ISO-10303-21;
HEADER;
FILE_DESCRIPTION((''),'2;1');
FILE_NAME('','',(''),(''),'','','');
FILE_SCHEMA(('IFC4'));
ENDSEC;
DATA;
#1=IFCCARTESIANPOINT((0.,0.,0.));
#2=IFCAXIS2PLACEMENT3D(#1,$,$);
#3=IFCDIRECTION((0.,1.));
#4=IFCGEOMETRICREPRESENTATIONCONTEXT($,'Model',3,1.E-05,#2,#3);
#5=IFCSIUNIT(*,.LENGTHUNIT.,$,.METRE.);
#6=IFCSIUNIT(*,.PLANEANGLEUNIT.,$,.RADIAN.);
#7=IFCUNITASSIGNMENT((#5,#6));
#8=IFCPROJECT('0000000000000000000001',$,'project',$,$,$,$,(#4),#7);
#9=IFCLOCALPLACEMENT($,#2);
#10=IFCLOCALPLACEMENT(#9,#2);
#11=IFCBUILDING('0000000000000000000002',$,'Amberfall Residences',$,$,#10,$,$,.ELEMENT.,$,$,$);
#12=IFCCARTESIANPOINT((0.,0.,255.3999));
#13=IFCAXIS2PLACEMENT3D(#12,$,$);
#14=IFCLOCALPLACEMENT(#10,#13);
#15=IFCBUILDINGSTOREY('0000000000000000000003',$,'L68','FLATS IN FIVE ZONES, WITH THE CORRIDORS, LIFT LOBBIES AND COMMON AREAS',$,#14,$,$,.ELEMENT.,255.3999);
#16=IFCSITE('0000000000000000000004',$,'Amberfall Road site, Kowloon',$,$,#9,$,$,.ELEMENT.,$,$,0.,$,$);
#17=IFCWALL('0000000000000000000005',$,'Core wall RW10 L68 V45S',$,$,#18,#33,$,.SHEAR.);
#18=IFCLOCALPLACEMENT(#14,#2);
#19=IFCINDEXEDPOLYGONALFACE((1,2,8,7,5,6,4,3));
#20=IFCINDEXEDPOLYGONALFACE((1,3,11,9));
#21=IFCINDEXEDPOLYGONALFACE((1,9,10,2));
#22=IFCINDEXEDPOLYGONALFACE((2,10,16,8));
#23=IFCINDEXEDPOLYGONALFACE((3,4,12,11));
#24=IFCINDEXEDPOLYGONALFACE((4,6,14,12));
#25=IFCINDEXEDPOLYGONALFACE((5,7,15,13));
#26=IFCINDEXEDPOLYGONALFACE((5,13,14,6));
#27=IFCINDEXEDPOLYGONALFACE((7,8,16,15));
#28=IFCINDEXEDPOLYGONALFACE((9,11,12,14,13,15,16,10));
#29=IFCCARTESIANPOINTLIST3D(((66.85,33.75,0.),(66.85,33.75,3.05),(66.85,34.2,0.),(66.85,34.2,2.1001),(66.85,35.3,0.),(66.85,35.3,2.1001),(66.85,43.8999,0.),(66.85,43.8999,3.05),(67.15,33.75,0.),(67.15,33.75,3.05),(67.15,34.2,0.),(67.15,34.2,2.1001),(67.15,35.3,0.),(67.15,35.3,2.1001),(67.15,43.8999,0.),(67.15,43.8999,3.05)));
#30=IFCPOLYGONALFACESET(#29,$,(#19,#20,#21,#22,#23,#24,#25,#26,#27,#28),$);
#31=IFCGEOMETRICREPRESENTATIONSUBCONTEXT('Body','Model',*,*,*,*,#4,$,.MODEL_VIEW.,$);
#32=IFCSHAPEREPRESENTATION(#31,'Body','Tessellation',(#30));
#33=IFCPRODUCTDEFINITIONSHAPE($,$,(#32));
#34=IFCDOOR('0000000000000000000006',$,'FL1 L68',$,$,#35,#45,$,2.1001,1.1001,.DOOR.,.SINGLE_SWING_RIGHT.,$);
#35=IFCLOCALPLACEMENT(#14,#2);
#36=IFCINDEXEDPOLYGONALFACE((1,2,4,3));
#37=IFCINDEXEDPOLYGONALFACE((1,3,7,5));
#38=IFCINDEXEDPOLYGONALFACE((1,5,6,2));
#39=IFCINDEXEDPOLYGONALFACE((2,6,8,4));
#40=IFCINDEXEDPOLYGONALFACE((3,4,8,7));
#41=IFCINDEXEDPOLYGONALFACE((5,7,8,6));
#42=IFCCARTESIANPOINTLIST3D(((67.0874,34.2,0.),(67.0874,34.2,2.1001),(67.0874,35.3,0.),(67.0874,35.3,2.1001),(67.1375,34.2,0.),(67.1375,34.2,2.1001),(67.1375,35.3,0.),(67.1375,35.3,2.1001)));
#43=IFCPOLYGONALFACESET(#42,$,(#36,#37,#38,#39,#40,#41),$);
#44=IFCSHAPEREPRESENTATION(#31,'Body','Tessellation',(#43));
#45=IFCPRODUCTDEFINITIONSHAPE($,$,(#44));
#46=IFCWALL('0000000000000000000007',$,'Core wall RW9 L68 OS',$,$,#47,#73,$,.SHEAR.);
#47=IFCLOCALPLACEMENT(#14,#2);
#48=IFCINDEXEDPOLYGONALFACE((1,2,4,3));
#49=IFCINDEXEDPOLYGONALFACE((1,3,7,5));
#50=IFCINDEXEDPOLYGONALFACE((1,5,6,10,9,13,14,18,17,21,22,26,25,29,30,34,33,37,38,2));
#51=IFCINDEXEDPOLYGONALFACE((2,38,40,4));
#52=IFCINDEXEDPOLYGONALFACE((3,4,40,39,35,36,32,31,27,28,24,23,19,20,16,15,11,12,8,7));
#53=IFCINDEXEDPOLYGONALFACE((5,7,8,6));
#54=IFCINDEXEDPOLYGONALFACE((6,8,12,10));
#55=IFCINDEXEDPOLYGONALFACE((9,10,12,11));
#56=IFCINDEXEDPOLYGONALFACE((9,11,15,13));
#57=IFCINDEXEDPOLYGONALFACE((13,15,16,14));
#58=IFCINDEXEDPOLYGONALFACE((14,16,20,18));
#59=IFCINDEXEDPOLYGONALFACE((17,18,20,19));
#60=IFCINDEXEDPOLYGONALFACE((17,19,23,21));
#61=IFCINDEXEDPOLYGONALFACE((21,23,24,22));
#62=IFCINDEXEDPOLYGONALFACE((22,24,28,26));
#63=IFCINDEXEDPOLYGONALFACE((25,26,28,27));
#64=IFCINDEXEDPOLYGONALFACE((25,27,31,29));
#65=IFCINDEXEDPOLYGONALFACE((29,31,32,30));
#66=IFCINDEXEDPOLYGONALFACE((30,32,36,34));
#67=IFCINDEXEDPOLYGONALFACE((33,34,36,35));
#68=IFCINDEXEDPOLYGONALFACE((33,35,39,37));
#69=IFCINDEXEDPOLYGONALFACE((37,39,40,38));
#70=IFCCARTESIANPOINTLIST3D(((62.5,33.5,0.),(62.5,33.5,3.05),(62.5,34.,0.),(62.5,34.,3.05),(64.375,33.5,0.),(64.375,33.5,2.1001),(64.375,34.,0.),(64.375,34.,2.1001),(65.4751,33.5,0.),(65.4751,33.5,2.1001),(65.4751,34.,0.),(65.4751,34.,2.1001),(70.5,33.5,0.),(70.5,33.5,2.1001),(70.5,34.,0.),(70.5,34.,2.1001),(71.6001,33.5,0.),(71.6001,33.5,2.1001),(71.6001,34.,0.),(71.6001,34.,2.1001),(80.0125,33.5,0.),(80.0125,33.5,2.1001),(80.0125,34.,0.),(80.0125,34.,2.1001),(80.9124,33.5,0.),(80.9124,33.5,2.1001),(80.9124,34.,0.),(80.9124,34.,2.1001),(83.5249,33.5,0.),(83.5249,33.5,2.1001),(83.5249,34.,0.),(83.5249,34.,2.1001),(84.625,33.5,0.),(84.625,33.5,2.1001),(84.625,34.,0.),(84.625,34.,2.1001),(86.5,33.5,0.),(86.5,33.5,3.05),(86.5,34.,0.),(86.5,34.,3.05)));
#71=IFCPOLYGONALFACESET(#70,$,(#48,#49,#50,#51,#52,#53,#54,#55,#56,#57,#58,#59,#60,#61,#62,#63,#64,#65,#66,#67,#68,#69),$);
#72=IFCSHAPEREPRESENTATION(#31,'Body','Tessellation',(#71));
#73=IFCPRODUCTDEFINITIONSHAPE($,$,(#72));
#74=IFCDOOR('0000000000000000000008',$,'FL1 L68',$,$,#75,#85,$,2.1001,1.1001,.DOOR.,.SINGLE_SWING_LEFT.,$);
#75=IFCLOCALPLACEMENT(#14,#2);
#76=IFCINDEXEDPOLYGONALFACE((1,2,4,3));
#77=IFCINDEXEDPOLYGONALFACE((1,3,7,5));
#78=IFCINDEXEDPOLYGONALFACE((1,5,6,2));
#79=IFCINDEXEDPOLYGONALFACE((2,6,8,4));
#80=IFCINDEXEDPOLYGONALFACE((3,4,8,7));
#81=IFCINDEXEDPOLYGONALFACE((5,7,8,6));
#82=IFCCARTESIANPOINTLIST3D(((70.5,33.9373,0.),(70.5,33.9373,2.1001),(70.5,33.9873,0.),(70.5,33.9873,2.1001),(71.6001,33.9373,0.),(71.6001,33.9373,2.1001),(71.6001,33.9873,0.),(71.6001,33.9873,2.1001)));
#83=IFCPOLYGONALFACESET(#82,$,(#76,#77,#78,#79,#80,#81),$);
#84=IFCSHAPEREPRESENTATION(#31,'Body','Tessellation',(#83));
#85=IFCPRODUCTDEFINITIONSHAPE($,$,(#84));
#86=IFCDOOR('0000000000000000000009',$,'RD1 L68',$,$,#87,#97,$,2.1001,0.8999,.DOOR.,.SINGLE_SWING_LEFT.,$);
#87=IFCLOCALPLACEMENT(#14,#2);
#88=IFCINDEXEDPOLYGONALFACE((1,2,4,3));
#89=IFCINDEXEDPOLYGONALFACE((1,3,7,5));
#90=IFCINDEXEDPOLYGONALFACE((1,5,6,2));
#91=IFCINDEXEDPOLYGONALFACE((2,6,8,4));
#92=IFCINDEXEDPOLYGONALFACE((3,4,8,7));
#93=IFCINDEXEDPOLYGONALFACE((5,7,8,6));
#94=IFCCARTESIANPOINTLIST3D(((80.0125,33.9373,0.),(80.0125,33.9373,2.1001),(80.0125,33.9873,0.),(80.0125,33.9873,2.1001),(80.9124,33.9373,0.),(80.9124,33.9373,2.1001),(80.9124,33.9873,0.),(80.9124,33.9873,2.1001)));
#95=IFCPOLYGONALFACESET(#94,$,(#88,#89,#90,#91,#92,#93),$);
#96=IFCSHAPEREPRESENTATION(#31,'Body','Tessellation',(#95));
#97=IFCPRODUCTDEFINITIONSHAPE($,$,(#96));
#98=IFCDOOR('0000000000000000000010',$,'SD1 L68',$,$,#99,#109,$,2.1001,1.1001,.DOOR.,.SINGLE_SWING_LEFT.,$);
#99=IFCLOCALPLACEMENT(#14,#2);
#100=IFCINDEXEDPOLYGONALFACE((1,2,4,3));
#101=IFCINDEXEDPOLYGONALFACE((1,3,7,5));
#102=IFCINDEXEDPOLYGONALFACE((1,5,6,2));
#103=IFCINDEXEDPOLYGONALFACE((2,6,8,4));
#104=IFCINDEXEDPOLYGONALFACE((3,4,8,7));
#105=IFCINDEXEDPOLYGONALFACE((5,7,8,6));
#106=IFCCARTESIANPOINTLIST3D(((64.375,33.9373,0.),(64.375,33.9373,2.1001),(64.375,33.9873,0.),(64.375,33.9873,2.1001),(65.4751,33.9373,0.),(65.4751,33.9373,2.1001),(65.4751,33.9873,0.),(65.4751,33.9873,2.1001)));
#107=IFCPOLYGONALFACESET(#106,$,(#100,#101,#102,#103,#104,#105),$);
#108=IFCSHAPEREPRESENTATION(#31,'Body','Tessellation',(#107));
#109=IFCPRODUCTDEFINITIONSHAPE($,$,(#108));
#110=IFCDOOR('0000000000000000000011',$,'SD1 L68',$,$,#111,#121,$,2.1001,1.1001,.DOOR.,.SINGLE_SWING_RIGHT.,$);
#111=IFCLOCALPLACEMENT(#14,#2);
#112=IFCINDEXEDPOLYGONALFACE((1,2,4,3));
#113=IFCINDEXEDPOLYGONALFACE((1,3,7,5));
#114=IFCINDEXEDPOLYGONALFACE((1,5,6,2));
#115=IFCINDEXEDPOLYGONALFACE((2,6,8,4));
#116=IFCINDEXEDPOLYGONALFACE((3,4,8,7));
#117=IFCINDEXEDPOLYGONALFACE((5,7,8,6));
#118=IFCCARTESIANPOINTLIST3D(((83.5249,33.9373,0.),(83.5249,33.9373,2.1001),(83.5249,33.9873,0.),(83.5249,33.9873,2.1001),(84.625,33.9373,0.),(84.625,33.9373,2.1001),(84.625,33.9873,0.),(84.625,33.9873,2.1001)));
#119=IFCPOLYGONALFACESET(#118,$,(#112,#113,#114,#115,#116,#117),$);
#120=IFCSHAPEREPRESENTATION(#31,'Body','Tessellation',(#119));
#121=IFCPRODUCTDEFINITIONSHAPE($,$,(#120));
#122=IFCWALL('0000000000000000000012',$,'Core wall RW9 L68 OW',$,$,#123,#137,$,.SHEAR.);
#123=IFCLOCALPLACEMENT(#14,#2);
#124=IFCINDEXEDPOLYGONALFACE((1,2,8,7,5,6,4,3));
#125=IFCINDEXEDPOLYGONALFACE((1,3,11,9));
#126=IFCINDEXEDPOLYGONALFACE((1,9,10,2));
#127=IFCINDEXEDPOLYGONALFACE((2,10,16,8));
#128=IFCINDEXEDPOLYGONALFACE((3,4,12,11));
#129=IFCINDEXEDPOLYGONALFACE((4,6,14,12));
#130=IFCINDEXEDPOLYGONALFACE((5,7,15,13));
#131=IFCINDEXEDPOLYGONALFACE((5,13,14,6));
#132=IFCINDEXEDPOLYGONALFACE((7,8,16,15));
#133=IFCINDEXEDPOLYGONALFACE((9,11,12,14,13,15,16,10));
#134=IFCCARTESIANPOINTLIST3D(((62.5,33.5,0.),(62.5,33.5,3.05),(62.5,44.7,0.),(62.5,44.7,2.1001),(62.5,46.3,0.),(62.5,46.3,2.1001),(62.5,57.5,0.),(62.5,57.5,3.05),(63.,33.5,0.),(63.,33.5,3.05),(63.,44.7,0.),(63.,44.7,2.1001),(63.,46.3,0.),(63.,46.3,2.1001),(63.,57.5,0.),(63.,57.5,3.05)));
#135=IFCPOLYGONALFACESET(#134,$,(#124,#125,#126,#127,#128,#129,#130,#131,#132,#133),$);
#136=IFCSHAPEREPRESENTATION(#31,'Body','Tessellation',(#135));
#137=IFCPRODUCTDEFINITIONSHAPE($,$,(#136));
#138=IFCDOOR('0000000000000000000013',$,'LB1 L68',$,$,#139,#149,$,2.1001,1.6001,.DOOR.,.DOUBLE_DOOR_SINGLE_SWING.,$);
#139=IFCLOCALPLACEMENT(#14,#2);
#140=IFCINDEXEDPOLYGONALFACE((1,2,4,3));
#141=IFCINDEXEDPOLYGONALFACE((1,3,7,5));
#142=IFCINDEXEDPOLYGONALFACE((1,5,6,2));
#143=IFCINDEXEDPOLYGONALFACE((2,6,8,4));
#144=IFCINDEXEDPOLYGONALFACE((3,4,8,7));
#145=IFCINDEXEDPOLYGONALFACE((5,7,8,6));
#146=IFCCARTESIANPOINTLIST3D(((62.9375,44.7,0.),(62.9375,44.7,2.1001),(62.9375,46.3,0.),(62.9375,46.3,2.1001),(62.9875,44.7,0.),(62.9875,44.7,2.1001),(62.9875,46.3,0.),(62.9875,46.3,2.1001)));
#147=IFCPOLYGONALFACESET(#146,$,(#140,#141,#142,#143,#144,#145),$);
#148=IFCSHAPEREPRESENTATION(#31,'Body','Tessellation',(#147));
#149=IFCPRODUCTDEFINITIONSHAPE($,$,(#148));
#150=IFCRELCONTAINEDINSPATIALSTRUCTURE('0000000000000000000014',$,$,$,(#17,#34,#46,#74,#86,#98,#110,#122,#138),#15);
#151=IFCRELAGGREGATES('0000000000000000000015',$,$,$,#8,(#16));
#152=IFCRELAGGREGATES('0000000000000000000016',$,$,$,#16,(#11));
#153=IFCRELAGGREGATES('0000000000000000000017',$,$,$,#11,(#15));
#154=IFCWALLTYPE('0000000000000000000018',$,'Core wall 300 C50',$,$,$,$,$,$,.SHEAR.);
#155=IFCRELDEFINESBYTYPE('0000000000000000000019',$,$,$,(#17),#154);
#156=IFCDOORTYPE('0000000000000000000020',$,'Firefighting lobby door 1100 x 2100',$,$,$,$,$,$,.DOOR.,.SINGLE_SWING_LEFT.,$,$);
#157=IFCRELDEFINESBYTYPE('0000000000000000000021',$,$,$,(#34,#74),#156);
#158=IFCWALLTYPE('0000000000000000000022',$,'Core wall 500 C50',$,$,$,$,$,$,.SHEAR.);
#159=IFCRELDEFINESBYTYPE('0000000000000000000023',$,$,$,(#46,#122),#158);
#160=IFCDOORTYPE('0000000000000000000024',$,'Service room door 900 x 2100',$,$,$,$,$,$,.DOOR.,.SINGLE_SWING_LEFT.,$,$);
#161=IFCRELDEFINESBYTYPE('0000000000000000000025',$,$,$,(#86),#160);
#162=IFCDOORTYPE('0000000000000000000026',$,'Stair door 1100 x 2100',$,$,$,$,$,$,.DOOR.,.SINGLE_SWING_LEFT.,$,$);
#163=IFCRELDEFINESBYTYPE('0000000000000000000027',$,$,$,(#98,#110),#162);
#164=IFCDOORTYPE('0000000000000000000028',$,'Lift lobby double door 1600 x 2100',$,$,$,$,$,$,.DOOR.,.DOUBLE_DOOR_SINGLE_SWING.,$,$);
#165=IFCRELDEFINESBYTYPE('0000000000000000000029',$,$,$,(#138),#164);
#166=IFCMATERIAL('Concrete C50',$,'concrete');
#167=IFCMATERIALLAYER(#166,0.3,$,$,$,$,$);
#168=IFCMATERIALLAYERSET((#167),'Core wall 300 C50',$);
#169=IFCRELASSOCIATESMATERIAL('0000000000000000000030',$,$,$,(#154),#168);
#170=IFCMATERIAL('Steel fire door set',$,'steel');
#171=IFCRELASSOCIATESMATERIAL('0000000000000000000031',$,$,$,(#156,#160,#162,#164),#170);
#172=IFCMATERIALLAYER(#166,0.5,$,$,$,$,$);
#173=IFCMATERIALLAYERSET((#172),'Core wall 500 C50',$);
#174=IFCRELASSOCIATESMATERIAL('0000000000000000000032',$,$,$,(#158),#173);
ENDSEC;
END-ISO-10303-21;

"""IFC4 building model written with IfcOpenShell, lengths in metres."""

from ifc_helpers import new_model, si_unit, direction, frame, frame_2d, origin, place, context, subcontext, project, spatial, rectangle, extrude, material, layer, layer_set, type_object, element, fill, save


model = new_model("IFC4")

# Units and contexts
model_context = context("Model", 3, precision=1e-05, world=origin(), true_north=direction((0.0, 1.0)))
body_context = subcontext(model_context, "Body", "Model", "MODEL_VIEW")
ifc_project = project(units=[si_unit("LENGTHUNIT", "METRE"), si_unit("PLANEANGLEUNIT", "RADIAN")], contexts=[model_context])

# Site, building, storey
site_placement = place(None, origin())
site = spatial("IfcSite", under=ifc_project, at=site_placement, Name="Amberfall Road site, Kowloon", CompositionType="ELEMENT", RefElevation=0.0)
building_placement = place(site_placement, origin())
building = spatial("IfcBuilding", under=site, at=building_placement, Name="Amberfall Residences", CompositionType="ELEMENT")
storey_placement = place(building_placement, frame((0.0, 0.0, 255.3999)))
storey = spatial("IfcBuildingStorey", under=building, at=storey_placement, Name="L68", Description="FLATS IN FIVE ZONES, WITH THE CORRIDORS, LIFT LOBBIES AND COMMON AREAS", CompositionType="ELEMENT", Elevation=255.3999)

# Wall, opening, door
ifc_material_1 = material(Name="Concrete C50", Category="concrete")
ifc_layer_1 = layer(ifc_material_1, 0.3)
ifc_layer_set_1 = layer_set([ifc_layer_1], Name="Core wall 300 C50")
wall_type_1 = type_object("IfcWallType", Name="Core wall 300 C50", PredefinedType="SHEAR", material=ifc_layer_set_1)
wall_1_placement = place(storey_placement, frame((67.0, 33.75, 0.0), z_axis=(0.0, 0.0, 1.0), x_axis=(0.0, 1.0, 0.0)))
wall_1 = element("IfcWall", 1, at=wall_1_placement, inside=storey, type_object=wall_type_1, Name="Core wall RW10 L68 V45S", PredefinedType="SHEAR", context=body_context, shape_type="SweptSolid", body=[
    extrude(rectangle(XDim=10.1499, YDim=0.3, at=frame_2d((5.075, 0.0))), origin(), (0.0, 0.0, 1.0), 3.05),
])
opening_1_placement = place(wall_1_placement, frame((0.45, 0.0, 0.0)))
opening_1 = element("IfcOpeningElement", 2, at=opening_1_placement, cuts=wall_1, PredefinedType="OPENING", context=body_context, shape_type="SweptSolid", body=[
    extrude(rectangle(XDim=1.1001, YDim=2.1001, at=frame_2d((0.55, 1.05))), frame((0.0, 0.1599, 0.0), z_axis=(0.0, -1.0, 0.0), x_axis=(1.0, 0.0, 0.0)), (0.0, 0.0, 1.0), 0.3201),
])
ifc_material_2 = material(Name="Steel fire door set", Category="steel")
door_type_1 = type_object("IfcDoorType", Name="Firefighting lobby door 1100 x 2100", OperationType="SINGLE_SWING_LEFT", PredefinedType="DOOR", material=ifc_material_2)
door_1_placement = place(opening_1_placement, origin())
door_1 = element("IfcDoor", 3, at=door_1_placement, inside=storey, type_object=door_type_1, Name="FL1 L68", OperationType="SINGLE_SWING_RIGHT", OverallHeight=2.1001, OverallWidth=1.1001, PredefinedType="DOOR", context=body_context, shape_type="SweptSolid", body=[
    extrude(rectangle(XDim=1.1001, YDim=2.1001, at=frame_2d((0.55, 1.05))), frame((0.0, -0.0874, 0.0), z_axis=(0.0, -1.0, 0.0), x_axis=(1.0, 0.0, 0.0)), (0.0, 0.0, 1.0), 0.05),
])
fill(opening_1, door_1)

# Wall, openings, doors
ifc_layer_2 = layer(ifc_material_1, 0.5)
ifc_layer_set_2 = layer_set([ifc_layer_2], Name="Core wall 500 C50")
wall_type_2 = type_object("IfcWallType", Name="Core wall 500 C50", PredefinedType="SHEAR", material=ifc_layer_set_2)
wall_2_placement = place(storey_placement, frame((62.5, 33.75, 0.0), z_axis=(0.0, 0.0, 1.0), x_axis=(1.0, 0.0, 0.0)))
wall_2 = element("IfcWall", 4, at=wall_2_placement, inside=storey, type_object=wall_type_2, Name="Core wall RW9 L68 OS", PredefinedType="SHEAR", context=body_context, shape_type="SweptSolid", body=[
    extrude(rectangle(XDim=24.0, YDim=0.5, at=frame_2d((12.0, 0.0))), origin(), (0.0, 0.0, 1.0), 3.05),
])
opening_2_placement = place(wall_2_placement, frame((1.875, 0.0, 0.0)))
opening_2 = element("IfcOpeningElement", 5, at=opening_2_placement, cuts=wall_2, PredefinedType="OPENING", context=body_context, shape_type="SweptSolid", body=[
    extrude(rectangle(XDim=1.1001, YDim=2.1001, at=frame_2d((0.55, 1.05))), frame((0.0, 0.26, 0.0), z_axis=(0.0, -1.0, 0.0), x_axis=(1.0, 0.0, 0.0)), (0.0, 0.0, 1.0), 0.52),
])
opening_3_placement = place(wall_2_placement, frame((21.0249, 0.0, 0.0)))
opening_3 = element("IfcOpeningElement", 6, at=opening_3_placement, cuts=wall_2, PredefinedType="OPENING", context=body_context, shape_type="SweptSolid", body=[
    extrude(rectangle(XDim=1.1001, YDim=2.1001, at=frame_2d((0.55, 1.05))), frame((0.0, 0.26, 0.0), z_axis=(0.0, -1.0, 0.0), x_axis=(1.0, 0.0, 0.0)), (0.0, 0.0, 1.0), 0.52),
])
opening_4_placement = place(wall_2_placement, frame((8.0, 0.0, 0.0)))
opening_4 = element("IfcOpeningElement", 7, at=opening_4_placement, cuts=wall_2, PredefinedType="OPENING", context=body_context, shape_type="SweptSolid", body=[
    extrude(rectangle(XDim=1.1001, YDim=2.1001, at=frame_2d((0.55, 1.05))), frame((0.0, 0.26, 0.0), z_axis=(0.0, -1.0, 0.0), x_axis=(1.0, 0.0, 0.0)), (0.0, 0.0, 1.0), 0.52),
])
opening_5_placement = place(wall_2_placement, frame((17.5125, 0.0, 0.0)))
opening_5 = element("IfcOpeningElement", 8, at=opening_5_placement, cuts=wall_2, PredefinedType="OPENING", context=body_context, shape_type="SweptSolid", body=[
    extrude(rectangle(XDim=0.8999, YDim=2.1001, at=frame_2d((0.45, 1.05))), frame((0.0, 0.26, 0.0), z_axis=(0.0, -1.0, 0.0), x_axis=(1.0, 0.0, 0.0)), (0.0, 0.0, 1.0), 0.52),
])
door_2_placement = place(opening_4_placement, origin())
door_2 = element("IfcDoor", 9, at=door_2_placement, inside=storey, type_object=door_type_1, Name="FL1 L68", OperationType="SINGLE_SWING_LEFT", OverallHeight=2.1001, OverallWidth=1.1001, PredefinedType="DOOR", context=body_context, shape_type="SweptSolid", body=[
    extrude(rectangle(XDim=1.1001, YDim=2.1001, at=frame_2d((0.55, 1.05))), frame((0.0, 0.2373, 0.0), z_axis=(0.0, -1.0, 0.0), x_axis=(1.0, 0.0, 0.0)), (0.0, 0.0, 1.0), 0.05),
])
fill(opening_4, door_2)
door_type_2 = type_object("IfcDoorType", Name="Service room door 900 x 2100", OperationType="SINGLE_SWING_LEFT", PredefinedType="DOOR", material=ifc_material_2)
door_3_placement = place(opening_5_placement, origin())
door_3 = element("IfcDoor", 10, at=door_3_placement, inside=storey, type_object=door_type_2, Name="RD1 L68", OperationType="SINGLE_SWING_LEFT", OverallHeight=2.1001, OverallWidth=0.8999, PredefinedType="DOOR", context=body_context, shape_type="SweptSolid", body=[
    extrude(rectangle(XDim=0.8999, YDim=2.1001, at=frame_2d((0.45, 1.05))), frame((0.0, 0.2373, 0.0), z_axis=(0.0, -1.0, 0.0), x_axis=(1.0, 0.0, 0.0)), (0.0, 0.0, 1.0), 0.05),
])
fill(opening_5, door_3)
door_type_3 = type_object("IfcDoorType", Name="Stair door 1100 x 2100", OperationType="SINGLE_SWING_LEFT", PredefinedType="DOOR", material=ifc_material_2)
door_4_placement = place(opening_2_placement, origin())
door_4 = element("IfcDoor", 11, at=door_4_placement, inside=storey, type_object=door_type_3, Name="SD1 L68", OperationType="SINGLE_SWING_LEFT", OverallHeight=2.1001, OverallWidth=1.1001, PredefinedType="DOOR", context=body_context, shape_type="SweptSolid", body=[
    extrude(rectangle(XDim=1.1001, YDim=2.1001, at=frame_2d((0.55, 1.05))), frame((0.0, 0.2373, 0.0), z_axis=(0.0, -1.0, 0.0), x_axis=(1.0, 0.0, 0.0)), (0.0, 0.0, 1.0), 0.05),
])
fill(opening_2, door_4)
door_5_placement = place(opening_3_placement, origin())
door_5 = element("IfcDoor", 12, at=door_5_placement, inside=storey, type_object=door_type_3, Name="SD1 L68", OperationType="SINGLE_SWING_RIGHT", OverallHeight=2.1001, OverallWidth=1.1001, PredefinedType="DOOR", context=body_context, shape_type="SweptSolid", body=[
    extrude(rectangle(XDim=1.1001, YDim=2.1001, at=frame_2d((0.55, 1.05))), frame((0.0, 0.2373, 0.0), z_axis=(0.0, -1.0, 0.0), x_axis=(1.0, 0.0, 0.0)), (0.0, 0.0, 1.0), 0.05),
])
fill(opening_3, door_5)

# Wall, opening, door
wall_3_placement = place(storey_placement, frame((62.75, 33.5, 0.0), z_axis=(0.0, 0.0, 1.0), x_axis=(0.0, 1.0, 0.0)))
wall_3 = element("IfcWall", 13, at=wall_3_placement, inside=storey, type_object=wall_type_2, Name="Core wall RW9 L68 OW", PredefinedType="SHEAR", context=body_context, shape_type="SweptSolid", body=[
    extrude(rectangle(XDim=24.0, YDim=0.5, at=frame_2d((12.0, 0.0))), origin(), (0.0, 0.0, 1.0), 3.05),
])
opening_6_placement = place(wall_3_placement, frame((11.2, 0.0, 0.0)))
opening_6 = element("IfcOpeningElement", 14, at=opening_6_placement, cuts=wall_3, PredefinedType="OPENING", context=body_context, shape_type="SweptSolid", body=[
    extrude(rectangle(XDim=1.6001, YDim=2.1001, at=frame_2d((0.8, 1.05))), frame((0.0, 0.26, 0.0), z_axis=(0.0, -1.0, 0.0), x_axis=(1.0, 0.0, 0.0)), (0.0, 0.0, 1.0), 0.52),
])
door_type_4 = type_object("IfcDoorType", Name="Lift lobby double door 1600 x 2100", OperationType="DOUBLE_DOOR_SINGLE_SWING", PredefinedType="DOOR", material=ifc_material_2)
door_6_placement = place(opening_6_placement, origin())
door_6 = element("IfcDoor", 15, at=door_6_placement, inside=storey, type_object=door_type_4, Name="LB1 L68", OperationType="DOUBLE_DOOR_SINGLE_SWING", OverallHeight=2.1001, OverallWidth=1.6001, PredefinedType="DOOR", context=body_context, shape_type="SweptSolid", body=[
    extrude(rectangle(XDim=1.6001, YDim=2.1001, at=frame_2d((0.8, 1.05))), frame((0.0, -0.1875, 0.0), z_axis=(0.0, -1.0, 0.0), x_axis=(1.0, 0.0, 0.0)), (0.0, 0.0, 1.0), 0.05),
])
fill(opening_6, door_6)

save(model, "model.ifc")
